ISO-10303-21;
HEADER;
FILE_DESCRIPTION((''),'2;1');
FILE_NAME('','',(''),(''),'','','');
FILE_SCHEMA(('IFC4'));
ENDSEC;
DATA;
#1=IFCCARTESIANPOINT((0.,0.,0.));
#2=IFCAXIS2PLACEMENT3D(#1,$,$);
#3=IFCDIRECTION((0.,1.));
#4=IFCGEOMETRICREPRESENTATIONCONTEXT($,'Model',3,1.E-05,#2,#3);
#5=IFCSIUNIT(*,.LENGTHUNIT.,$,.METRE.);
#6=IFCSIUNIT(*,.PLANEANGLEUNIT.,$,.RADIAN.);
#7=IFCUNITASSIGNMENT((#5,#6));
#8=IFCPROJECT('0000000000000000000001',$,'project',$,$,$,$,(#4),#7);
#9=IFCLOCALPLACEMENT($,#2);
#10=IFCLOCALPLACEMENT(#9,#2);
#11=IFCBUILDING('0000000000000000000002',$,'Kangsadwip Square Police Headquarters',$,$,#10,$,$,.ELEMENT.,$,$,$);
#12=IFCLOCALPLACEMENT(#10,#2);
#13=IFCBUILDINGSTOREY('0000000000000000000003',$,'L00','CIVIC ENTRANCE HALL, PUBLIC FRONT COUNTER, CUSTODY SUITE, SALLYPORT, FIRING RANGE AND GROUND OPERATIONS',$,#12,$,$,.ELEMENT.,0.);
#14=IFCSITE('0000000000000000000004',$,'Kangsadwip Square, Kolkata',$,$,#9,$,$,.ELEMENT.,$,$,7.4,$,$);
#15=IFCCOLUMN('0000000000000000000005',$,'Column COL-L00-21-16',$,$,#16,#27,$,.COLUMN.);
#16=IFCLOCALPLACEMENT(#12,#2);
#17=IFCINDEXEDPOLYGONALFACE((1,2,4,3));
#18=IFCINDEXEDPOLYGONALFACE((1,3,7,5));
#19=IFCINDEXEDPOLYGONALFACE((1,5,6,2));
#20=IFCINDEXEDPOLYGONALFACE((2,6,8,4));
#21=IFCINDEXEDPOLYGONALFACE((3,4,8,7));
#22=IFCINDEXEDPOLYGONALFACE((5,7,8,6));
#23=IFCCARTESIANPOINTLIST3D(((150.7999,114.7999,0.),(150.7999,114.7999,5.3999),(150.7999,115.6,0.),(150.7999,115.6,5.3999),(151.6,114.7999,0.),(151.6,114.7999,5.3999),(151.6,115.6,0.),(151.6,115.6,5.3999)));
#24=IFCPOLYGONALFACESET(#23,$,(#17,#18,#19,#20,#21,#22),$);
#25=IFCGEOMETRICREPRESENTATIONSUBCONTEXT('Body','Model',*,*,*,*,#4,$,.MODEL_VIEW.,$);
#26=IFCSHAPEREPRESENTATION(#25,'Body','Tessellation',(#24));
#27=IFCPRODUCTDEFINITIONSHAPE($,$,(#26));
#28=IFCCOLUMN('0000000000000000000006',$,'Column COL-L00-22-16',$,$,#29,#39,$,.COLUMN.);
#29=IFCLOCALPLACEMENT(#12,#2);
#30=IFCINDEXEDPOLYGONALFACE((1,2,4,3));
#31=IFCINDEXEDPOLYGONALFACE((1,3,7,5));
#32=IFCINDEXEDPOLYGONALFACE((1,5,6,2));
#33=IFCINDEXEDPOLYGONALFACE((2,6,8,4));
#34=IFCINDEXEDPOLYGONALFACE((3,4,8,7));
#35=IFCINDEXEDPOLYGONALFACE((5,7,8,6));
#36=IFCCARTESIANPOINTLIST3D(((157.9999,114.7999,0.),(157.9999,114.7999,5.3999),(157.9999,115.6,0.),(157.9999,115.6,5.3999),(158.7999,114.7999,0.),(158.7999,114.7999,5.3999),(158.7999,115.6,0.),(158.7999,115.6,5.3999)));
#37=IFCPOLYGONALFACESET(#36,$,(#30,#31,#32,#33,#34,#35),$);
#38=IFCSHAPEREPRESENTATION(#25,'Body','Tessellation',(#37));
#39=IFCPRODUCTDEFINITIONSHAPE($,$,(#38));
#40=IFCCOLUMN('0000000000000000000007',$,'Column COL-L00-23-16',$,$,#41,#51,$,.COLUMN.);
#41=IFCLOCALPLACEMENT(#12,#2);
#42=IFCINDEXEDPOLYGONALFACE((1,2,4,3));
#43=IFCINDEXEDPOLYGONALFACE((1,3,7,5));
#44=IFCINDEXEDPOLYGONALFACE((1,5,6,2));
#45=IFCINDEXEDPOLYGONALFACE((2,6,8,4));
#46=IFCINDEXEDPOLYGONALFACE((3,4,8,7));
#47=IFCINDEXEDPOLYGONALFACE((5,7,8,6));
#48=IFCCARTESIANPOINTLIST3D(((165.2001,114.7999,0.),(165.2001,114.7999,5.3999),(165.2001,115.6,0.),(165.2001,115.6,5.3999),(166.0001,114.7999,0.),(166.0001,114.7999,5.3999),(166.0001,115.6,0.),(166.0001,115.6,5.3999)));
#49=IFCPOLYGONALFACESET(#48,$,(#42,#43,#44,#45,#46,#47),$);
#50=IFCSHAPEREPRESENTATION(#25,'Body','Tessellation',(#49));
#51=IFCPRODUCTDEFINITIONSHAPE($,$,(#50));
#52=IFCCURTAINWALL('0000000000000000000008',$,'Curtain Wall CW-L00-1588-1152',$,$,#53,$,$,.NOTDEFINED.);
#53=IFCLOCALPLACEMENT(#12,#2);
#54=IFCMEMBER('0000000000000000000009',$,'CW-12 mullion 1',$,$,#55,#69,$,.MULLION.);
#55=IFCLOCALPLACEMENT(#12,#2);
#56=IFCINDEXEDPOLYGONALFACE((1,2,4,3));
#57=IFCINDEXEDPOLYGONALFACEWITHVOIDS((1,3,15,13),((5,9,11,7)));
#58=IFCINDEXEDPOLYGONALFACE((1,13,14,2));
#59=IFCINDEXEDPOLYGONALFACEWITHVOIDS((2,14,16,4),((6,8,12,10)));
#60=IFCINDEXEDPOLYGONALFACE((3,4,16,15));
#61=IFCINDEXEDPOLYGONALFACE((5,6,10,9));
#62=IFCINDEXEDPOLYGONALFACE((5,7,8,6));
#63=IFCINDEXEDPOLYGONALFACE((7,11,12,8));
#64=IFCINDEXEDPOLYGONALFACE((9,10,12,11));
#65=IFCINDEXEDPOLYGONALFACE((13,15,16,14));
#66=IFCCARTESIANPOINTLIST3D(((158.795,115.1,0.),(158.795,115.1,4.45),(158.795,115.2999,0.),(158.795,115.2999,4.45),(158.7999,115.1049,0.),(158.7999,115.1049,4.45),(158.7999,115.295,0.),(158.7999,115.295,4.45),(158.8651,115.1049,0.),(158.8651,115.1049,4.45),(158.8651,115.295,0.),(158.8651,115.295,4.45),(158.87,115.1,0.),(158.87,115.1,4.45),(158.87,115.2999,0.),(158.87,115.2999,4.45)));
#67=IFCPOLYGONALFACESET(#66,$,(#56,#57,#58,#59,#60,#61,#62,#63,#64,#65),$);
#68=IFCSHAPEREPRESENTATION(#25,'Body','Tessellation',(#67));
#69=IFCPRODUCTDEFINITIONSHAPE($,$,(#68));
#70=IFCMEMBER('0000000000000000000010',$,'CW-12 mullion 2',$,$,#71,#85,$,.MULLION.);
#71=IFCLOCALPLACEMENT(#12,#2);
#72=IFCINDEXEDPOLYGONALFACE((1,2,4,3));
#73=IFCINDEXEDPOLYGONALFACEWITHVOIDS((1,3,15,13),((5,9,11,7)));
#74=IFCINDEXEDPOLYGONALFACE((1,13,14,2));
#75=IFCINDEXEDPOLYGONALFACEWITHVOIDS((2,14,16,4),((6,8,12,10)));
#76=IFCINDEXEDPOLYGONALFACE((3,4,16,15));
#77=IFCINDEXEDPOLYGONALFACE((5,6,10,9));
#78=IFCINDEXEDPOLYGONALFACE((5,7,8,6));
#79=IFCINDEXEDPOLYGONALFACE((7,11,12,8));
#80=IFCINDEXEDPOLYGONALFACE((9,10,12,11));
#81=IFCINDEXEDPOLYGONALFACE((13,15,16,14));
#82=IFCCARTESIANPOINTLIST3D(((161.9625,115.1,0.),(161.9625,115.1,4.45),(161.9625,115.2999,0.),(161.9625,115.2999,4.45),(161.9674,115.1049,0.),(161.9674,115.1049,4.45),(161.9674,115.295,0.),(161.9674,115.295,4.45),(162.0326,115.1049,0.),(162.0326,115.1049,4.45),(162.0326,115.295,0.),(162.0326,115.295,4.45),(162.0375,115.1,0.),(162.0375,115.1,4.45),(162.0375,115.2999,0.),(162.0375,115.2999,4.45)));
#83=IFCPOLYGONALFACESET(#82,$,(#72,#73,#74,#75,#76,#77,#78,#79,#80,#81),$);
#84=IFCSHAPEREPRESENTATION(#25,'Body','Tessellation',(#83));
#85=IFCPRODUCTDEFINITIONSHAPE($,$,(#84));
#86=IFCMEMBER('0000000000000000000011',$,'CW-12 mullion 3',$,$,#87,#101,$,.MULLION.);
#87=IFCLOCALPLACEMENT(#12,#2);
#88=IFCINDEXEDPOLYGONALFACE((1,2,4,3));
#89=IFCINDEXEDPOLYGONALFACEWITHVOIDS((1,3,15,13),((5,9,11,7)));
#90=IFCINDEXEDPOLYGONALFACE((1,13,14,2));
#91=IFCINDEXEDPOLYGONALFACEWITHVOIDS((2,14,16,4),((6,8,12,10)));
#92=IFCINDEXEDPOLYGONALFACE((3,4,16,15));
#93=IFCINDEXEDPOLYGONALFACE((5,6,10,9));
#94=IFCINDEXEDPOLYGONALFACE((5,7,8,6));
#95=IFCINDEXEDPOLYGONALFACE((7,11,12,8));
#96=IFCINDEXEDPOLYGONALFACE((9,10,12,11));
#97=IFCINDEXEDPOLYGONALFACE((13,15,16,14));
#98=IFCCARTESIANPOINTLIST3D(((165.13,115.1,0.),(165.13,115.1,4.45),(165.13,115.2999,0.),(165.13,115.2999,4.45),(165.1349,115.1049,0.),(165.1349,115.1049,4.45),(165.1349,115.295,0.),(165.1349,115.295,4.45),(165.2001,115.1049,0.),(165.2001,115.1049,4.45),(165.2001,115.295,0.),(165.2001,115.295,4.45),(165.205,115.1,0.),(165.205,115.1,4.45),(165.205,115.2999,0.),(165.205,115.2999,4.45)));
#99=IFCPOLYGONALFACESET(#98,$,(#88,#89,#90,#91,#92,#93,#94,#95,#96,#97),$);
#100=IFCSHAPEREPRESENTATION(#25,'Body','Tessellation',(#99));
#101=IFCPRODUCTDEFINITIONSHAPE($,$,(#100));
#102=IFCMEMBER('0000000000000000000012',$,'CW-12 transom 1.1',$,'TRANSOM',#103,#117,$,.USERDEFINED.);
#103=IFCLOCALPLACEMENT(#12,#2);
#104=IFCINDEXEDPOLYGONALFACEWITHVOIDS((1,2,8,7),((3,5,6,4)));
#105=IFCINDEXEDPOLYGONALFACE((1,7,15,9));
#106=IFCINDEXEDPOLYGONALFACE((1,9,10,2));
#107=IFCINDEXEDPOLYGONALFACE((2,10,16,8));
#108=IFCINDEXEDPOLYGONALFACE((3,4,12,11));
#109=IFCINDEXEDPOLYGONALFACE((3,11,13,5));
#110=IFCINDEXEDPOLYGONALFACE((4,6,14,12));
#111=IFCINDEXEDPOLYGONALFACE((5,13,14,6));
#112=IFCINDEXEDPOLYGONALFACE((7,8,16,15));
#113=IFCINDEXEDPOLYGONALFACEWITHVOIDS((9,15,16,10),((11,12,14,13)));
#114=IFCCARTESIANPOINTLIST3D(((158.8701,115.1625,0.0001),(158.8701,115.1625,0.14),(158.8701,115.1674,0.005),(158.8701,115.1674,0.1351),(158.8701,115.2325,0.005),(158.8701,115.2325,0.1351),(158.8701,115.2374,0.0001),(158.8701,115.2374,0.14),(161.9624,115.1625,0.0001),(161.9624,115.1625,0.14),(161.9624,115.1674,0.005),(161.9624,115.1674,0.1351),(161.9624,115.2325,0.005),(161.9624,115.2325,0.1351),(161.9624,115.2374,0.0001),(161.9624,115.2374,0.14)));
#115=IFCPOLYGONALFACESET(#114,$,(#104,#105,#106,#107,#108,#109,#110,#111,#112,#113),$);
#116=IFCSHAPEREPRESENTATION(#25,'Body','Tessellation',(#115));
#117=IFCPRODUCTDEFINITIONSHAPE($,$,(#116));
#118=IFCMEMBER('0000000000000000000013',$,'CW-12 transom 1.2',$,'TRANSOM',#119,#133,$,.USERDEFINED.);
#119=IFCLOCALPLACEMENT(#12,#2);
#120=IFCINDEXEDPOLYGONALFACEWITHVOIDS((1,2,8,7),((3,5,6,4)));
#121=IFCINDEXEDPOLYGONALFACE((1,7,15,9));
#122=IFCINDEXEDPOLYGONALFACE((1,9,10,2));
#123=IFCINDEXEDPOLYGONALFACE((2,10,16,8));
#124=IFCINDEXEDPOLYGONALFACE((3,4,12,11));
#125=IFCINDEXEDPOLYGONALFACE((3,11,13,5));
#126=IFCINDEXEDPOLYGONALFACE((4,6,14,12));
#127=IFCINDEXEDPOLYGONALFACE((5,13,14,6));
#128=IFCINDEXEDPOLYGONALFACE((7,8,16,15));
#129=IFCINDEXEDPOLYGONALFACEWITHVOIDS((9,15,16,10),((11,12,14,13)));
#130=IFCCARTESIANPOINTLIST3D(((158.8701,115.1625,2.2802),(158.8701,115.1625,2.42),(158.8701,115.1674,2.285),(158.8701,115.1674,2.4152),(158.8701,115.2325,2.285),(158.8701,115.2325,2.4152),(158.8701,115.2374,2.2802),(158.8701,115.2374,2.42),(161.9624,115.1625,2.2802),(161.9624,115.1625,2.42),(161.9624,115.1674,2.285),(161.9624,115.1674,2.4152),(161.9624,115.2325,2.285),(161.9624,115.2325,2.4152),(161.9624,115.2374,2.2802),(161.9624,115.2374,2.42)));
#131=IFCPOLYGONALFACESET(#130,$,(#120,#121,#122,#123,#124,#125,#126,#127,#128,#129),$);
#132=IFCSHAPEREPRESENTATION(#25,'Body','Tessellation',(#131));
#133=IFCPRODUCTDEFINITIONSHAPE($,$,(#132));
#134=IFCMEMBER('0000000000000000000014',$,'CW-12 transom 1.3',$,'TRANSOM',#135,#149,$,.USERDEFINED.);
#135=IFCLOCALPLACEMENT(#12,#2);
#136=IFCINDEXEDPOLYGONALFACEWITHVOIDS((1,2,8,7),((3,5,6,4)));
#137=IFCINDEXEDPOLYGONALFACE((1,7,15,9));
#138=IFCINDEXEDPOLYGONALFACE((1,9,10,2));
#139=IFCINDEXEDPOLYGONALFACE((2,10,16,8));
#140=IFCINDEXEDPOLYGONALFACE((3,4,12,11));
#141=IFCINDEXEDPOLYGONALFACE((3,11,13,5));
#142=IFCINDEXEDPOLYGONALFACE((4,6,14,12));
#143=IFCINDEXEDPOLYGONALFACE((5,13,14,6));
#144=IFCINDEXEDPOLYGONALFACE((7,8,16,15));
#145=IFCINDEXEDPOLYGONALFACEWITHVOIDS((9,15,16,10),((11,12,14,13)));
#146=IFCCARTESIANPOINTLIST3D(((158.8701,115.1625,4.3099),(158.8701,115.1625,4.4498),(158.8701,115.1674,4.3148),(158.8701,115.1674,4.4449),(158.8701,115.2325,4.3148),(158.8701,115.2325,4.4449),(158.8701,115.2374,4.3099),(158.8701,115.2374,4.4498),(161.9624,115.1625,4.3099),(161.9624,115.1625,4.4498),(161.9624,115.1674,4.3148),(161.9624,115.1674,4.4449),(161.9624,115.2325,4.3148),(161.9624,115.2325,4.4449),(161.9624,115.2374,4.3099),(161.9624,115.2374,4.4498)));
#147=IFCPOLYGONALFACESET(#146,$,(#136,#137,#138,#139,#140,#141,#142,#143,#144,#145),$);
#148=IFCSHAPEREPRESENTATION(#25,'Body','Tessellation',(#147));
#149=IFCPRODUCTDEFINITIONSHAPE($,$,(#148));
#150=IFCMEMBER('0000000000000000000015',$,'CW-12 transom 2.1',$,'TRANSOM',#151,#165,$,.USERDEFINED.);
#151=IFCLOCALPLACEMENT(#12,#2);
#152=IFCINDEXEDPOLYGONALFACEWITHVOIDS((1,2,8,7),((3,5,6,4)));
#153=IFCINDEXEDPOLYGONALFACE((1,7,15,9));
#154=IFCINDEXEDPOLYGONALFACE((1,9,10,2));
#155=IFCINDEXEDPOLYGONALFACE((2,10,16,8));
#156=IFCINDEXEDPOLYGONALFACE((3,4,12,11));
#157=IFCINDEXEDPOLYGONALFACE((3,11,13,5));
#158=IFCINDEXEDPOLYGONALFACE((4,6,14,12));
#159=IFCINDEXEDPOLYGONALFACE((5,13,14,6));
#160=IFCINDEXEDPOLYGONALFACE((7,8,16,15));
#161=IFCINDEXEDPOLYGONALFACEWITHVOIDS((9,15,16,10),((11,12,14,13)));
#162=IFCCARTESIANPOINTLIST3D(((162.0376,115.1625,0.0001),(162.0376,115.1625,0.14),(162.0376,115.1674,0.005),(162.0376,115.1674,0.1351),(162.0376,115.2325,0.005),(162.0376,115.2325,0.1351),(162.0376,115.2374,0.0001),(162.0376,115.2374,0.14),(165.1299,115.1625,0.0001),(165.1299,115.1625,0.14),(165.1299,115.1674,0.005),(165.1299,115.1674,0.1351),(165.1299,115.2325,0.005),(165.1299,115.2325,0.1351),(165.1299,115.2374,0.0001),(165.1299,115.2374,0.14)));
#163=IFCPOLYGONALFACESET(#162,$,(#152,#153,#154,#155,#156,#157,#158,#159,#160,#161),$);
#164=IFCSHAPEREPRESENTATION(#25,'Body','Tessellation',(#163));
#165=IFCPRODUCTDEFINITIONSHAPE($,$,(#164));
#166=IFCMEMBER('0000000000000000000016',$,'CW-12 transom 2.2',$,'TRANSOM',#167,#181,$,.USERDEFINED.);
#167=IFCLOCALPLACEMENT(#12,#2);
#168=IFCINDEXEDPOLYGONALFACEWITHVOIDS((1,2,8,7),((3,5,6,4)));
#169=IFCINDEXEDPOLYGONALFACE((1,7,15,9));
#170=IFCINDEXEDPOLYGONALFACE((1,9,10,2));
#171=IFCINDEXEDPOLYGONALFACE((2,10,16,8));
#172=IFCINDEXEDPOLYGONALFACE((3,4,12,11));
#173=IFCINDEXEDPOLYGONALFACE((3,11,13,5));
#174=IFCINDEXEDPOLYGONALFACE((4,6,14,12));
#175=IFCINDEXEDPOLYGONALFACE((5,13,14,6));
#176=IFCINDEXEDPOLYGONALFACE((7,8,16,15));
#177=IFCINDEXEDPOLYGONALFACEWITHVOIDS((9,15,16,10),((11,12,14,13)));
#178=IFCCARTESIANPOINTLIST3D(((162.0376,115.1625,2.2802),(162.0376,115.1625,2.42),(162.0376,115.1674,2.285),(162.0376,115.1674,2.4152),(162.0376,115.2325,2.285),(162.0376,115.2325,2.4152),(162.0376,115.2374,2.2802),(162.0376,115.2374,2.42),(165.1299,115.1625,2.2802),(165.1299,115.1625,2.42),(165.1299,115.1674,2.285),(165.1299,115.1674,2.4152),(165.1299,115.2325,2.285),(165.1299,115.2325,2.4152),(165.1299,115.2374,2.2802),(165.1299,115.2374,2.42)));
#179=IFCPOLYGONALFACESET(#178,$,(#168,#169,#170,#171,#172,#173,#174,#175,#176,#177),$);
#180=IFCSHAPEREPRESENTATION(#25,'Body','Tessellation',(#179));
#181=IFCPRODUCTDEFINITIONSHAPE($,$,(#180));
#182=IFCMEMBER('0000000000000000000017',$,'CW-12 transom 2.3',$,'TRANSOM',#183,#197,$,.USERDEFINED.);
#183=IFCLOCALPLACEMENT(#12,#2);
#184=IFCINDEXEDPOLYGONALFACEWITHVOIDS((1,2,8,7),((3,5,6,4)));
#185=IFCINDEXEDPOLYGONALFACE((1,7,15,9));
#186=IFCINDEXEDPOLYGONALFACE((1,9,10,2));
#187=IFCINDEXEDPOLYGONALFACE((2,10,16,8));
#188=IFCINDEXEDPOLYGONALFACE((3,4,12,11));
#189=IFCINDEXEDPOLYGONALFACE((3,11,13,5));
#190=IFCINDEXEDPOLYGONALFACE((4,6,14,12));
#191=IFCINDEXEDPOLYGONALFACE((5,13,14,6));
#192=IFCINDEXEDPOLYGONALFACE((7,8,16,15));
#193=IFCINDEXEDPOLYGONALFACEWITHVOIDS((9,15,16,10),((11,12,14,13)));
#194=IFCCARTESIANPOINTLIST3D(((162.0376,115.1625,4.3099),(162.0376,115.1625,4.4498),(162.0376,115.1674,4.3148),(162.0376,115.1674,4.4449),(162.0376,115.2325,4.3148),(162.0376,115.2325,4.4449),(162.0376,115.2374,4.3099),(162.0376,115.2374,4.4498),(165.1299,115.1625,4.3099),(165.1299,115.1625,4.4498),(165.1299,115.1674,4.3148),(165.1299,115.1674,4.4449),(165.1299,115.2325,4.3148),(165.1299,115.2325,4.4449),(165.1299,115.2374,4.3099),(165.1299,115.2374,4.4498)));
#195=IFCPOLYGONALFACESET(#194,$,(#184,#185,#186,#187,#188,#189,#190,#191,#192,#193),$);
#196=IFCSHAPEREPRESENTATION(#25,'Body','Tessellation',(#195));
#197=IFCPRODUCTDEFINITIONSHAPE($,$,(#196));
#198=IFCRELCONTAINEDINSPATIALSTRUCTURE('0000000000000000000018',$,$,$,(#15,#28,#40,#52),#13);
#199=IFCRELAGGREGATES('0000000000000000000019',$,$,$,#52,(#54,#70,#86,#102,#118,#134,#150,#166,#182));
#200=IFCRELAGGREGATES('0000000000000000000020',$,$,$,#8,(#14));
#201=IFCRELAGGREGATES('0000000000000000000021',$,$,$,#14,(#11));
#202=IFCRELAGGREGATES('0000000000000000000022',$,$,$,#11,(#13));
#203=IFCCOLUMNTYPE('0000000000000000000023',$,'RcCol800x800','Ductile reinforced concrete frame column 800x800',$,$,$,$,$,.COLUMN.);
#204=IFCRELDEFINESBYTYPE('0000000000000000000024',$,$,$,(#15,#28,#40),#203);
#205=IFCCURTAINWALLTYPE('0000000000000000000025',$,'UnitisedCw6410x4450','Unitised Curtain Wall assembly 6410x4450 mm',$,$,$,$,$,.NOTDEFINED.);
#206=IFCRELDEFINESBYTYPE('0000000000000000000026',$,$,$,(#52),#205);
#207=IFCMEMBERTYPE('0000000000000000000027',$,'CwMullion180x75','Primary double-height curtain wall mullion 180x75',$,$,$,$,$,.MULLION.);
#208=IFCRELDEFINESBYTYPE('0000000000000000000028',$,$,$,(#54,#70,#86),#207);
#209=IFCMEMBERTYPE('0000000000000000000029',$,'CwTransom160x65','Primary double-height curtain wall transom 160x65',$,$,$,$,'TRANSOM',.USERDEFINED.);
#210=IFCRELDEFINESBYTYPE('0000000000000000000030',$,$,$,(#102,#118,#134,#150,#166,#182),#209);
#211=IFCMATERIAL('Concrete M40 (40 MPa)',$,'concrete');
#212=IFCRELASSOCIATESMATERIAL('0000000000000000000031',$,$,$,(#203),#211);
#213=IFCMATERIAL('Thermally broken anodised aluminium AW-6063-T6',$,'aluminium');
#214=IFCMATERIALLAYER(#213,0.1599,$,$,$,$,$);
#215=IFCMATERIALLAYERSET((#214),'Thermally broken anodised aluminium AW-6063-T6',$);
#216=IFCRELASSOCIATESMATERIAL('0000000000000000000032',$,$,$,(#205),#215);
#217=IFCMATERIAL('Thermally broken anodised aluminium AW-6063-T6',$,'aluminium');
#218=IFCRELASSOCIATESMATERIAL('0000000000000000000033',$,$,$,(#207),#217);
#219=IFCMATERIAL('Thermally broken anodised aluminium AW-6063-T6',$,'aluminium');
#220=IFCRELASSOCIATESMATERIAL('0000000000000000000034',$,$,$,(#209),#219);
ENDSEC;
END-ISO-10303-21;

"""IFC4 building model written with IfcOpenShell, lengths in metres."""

from ifc_helpers import new_model, si_unit, direction, frame, origin, origin_2d, place, context, subcontext, project, spatial, rectangle, hollow_rectangle, extrude, material, layer, layer_set, material_profile, profile_set, type_object, element, aggregate, save


model = new_model("IFC4")

# Units and contexts
model_context = context("Model", 3, precision=1e-05, world=origin(), true_north=direction((0.0, 1.0)))
body_context = subcontext(model_context, "Body", "Model", "MODEL_VIEW")
ifc_project = project(units=[si_unit("LENGTHUNIT", "METRE"), si_unit("PLANEANGLEUNIT", "RADIAN")], contexts=[model_context])

# Site, building, storey
site_placement = place(None, origin())
site = spatial("IfcSite", under=ifc_project, at=site_placement, Name="Kangsadwip Square, Kolkata", CompositionType="ELEMENT", RefElevation=7.4)
building_placement = place(site_placement, origin())
building = spatial("IfcBuilding", under=site, at=building_placement, Name="Kangsadwip Square Police Headquarters", CompositionType="ELEMENT")
storey_placement = place(building_placement, origin())
storey = spatial("IfcBuildingStorey", under=building, at=storey_placement, Name="L00", Description="CIVIC ENTRANCE HALL, PUBLIC FRONT COUNTER, CUSTODY SUITE, SALLYPORT, FIRING RANGE AND GROUND OPERATIONS", CompositionType="ELEMENT", Elevation=0.0)

# Columns
ifc_material_1 = material(Name="Concrete M40 (40 MPa)", Category="concrete")
ifc_material_profile_1 = material_profile(ifc_material_1, rectangle(XDim=0.8, YDim=0.8, at=origin_2d()), Name="RC COL 800X800")
ifc_profile_set_1 = profile_set([ifc_material_profile_1], Name="Concrete M40 (40 MPa)")
column_type = type_object("IfcColumnType", Name="RcCol800x800", Description="Ductile reinforced concrete frame column 800x800", PredefinedType="COLUMN", material=ifc_profile_set_1)
for number, where, z_axis, x_axis, name in (
    (1, (151.2, 115.2, 0.0), (0.0, 0.0, 1.0), (1.0, 0.0, 0.0), "Column COL-L00-21-16"),
    (2, (158.3999, 115.2, 0.0), (0.0, 0.0, 1.0), (1.0, 0.0, 0.0), "Column COL-L00-22-16"),
    (3, (165.6001, 115.2, 0.0), (0.0, 0.0, 1.0), (1.0, 0.0, 0.0), "Column COL-L00-23-16"),
):
    element("IfcColumn", number, at=place(storey_placement, frame(where, z_axis=z_axis, x_axis=x_axis)), inside=storey, type_object=column_type, Name=name, PredefinedType="COLUMN", context=body_context, shape_type="SweptSolid", body=[
        extrude(rectangle(XDim=0.8, YDim=0.8, at=origin_2d()), origin(), (0.0, 0.0, 1.0), 5.3999),
    ])

# Curtain wall, members
ifc_material_2 = material(Name="Thermally broken anodised aluminium AW-6063-T6", Category="aluminium")
ifc_layer_1 = layer(ifc_material_2, 0.1599)
ifc_layer_set_1 = layer_set([ifc_layer_1], Name="Thermally broken anodised aluminium AW-6063-T6")
curtain_wall_type = type_object("IfcCurtainWallType", Name="UnitisedCw6410x4450", Description="Unitised Curtain Wall assembly 6410x4450 mm", PredefinedType="NOTDEFINED", material=ifc_layer_set_1)
curtain_wall_placement = place(storey_placement, origin())
curtain_wall = element("IfcCurtainWall", 4, at=curtain_wall_placement, inside=storey, type_object=curtain_wall_type, Name="Curtain Wall CW-L00-1588-1152", PredefinedType="NOTDEFINED")
ifc_material_3 = material(Name="Thermally broken anodised aluminium AW-6063-T6", Category="aluminium")
ifc_material_profile_2 = material_profile(ifc_material_3, hollow_rectangle(XDim=0.075, YDim=0.2, WallThickness=0.0049, at=origin_2d()), Name="CWM 200X75X5")
ifc_profile_set_2 = profile_set([ifc_material_profile_2], Name="Thermally broken anodised aluminium AW-6063-T6")
member_type_1 = type_object("IfcMemberType", Name="CwMullion180x75", Description="Primary double-height curtain wall mullion 180x75", PredefinedType="MULLION", material=ifc_profile_set_2)
member_1_placement = place(storey_placement, frame((158.8325, 115.2, 0.0), z_axis=(0.0, 0.0, 1.0), x_axis=(1.0, 0.0, 0.0)))
member_1 = element("IfcMember", 5, at=member_1_placement, type_object=member_type_1, Name="CW-12 mullion 1", PredefinedType="MULLION", context=body_context, shape_type="SweptSolid", body=[
    extrude(hollow_rectangle(XDim=0.075, YDim=0.2, WallThickness=0.0049, at=origin_2d()), origin(), (0.0, 0.0, 1.0), 4.45),
])
member_2_placement = place(storey_placement, frame((162.0, 115.2, 0.0), z_axis=(0.0, 0.0, 1.0), x_axis=(1.0, 0.0, 0.0)))
member_2 = element("IfcMember", 6, at=member_2_placement, type_object=member_type_1, Name="CW-12 mullion 2", PredefinedType="MULLION", context=body_context, shape_type="SweptSolid", body=[
    extrude(hollow_rectangle(XDim=0.075, YDim=0.2, WallThickness=0.0049, at=origin_2d()), origin(), (0.0, 0.0, 1.0), 4.45),
])
member_3_placement = place(storey_placement, frame((165.1675, 115.2, 0.0), z_axis=(0.0, 0.0, 1.0), x_axis=(1.0, 0.0, 0.0)))
member_3 = element("IfcMember", 7, at=member_3_placement, type_object=member_type_1, Name="CW-12 mullion 3", PredefinedType="MULLION", context=body_context, shape_type="SweptSolid", body=[
    extrude(hollow_rectangle(XDim=0.075, YDim=0.2, WallThickness=0.0049, at=origin_2d()), origin(), (0.0, 0.0, 1.0), 4.45),
])
ifc_material_4 = material(Name="Thermally broken anodised aluminium AW-6063-T6", Category="aluminium")
ifc_material_profile_3 = material_profile(ifc_material_4, hollow_rectangle(XDim=0.075, YDim=0.1399, WallThickness=0.0049, at=origin_2d()), Name="CWT 140X75X5")
ifc_profile_set_3 = profile_set([ifc_material_profile_3], Name="Thermally broken anodised aluminium AW-6063-T6")
member_type_2 = type_object("IfcMemberType", Name="CwTransom160x65", Description="Primary double-height curtain wall transom 160x65", ElementType="TRANSOM", PredefinedType="USERDEFINED", material=ifc_profile_set_3)
member_4_placement = place(storey_placement, frame((158.8701, 115.2, 0.0701), z_axis=(1.0, 0.0, 0.0), x_axis=(0.0, 1.0, 0.0)))
member_4 = element("IfcMember", 8, at=member_4_placement, type_object=member_type_2, Name="CW-12 transom 1.1", ObjectType="TRANSOM", PredefinedType="USERDEFINED", context=body_context, shape_type="SweptSolid", body=[
    extrude(hollow_rectangle(XDim=0.075, YDim=0.1399, WallThickness=0.0049, at=origin_2d()), origin(), (0.0, 0.0, 1.0), 3.0923),
])
member_5_placement = place(storey_placement, frame((158.8701, 115.2, 2.3501), z_axis=(1.0, 0.0, 0.0), x_axis=(0.0, 1.0, 0.0)))
member_5 = element("IfcMember", 9, at=member_5_placement, type_object=member_type_2, Name="CW-12 transom 1.2", ObjectType="TRANSOM", PredefinedType="USERDEFINED", context=body_context, shape_type="SweptSolid", body=[
    extrude(hollow_rectangle(XDim=0.075, YDim=0.1399, WallThickness=0.0049, at=origin_2d()), origin(), (0.0, 0.0, 1.0), 3.0923),
])
member_6_placement = place(storey_placement, frame((158.8701, 115.2, 4.3799), z_axis=(1.0, 0.0, 0.0), x_axis=(0.0, 1.0, 0.0)))
member_6 = element("IfcMember", 10, at=member_6_placement, type_object=member_type_2, Name="CW-12 transom 1.3", ObjectType="TRANSOM", PredefinedType="USERDEFINED", context=body_context, shape_type="SweptSolid", body=[
    extrude(hollow_rectangle(XDim=0.075, YDim=0.1399, WallThickness=0.0049, at=origin_2d()), origin(), (0.0, 0.0, 1.0), 3.0923),
])
member_7_placement = place(storey_placement, frame((162.0376, 115.2, 0.0701), z_axis=(1.0, 0.0, 0.0), x_axis=(0.0, 1.0, 0.0)))
member_7 = element("IfcMember", 11, at=member_7_placement, type_object=member_type_2, Name="CW-12 transom 2.1", ObjectType="TRANSOM", PredefinedType="USERDEFINED", context=body_context, shape_type="SweptSolid", body=[
    extrude(hollow_rectangle(XDim=0.075, YDim=0.1399, WallThickness=0.0049, at=origin_2d()), origin(), (0.0, 0.0, 1.0), 3.0923),
])
member_8_placement = place(storey_placement, frame((162.0376, 115.2, 2.3501), z_axis=(1.0, 0.0, 0.0), x_axis=(0.0, 1.0, 0.0)))
member_8 = element("IfcMember", 12, at=member_8_placement, type_object=member_type_2, Name="CW-12 transom 2.2", ObjectType="TRANSOM", PredefinedType="USERDEFINED", context=body_context, shape_type="SweptSolid", body=[
    extrude(hollow_rectangle(XDim=0.075, YDim=0.1399, WallThickness=0.0049, at=origin_2d()), origin(), (0.0, 0.0, 1.0), 3.0923),
])
member_9_placement = place(storey_placement, frame((162.0376, 115.2, 4.3799), z_axis=(1.0, 0.0, 0.0), x_axis=(0.0, 1.0, 0.0)))
member_9 = element("IfcMember", 13, at=member_9_placement, type_object=member_type_2, Name="CW-12 transom 2.3", ObjectType="TRANSOM", PredefinedType="USERDEFINED", context=body_context, shape_type="SweptSolid", body=[
    extrude(hollow_rectangle(XDim=0.075, YDim=0.1399, WallThickness=0.0049, at=origin_2d()), origin(), (0.0, 0.0, 1.0), 3.0923),
])

aggregate(curtain_wall, [member_1, member_2, member_3, member_4, member_5, member_6, member_7, member_8, member_9])

save(model, "model.ifc")
